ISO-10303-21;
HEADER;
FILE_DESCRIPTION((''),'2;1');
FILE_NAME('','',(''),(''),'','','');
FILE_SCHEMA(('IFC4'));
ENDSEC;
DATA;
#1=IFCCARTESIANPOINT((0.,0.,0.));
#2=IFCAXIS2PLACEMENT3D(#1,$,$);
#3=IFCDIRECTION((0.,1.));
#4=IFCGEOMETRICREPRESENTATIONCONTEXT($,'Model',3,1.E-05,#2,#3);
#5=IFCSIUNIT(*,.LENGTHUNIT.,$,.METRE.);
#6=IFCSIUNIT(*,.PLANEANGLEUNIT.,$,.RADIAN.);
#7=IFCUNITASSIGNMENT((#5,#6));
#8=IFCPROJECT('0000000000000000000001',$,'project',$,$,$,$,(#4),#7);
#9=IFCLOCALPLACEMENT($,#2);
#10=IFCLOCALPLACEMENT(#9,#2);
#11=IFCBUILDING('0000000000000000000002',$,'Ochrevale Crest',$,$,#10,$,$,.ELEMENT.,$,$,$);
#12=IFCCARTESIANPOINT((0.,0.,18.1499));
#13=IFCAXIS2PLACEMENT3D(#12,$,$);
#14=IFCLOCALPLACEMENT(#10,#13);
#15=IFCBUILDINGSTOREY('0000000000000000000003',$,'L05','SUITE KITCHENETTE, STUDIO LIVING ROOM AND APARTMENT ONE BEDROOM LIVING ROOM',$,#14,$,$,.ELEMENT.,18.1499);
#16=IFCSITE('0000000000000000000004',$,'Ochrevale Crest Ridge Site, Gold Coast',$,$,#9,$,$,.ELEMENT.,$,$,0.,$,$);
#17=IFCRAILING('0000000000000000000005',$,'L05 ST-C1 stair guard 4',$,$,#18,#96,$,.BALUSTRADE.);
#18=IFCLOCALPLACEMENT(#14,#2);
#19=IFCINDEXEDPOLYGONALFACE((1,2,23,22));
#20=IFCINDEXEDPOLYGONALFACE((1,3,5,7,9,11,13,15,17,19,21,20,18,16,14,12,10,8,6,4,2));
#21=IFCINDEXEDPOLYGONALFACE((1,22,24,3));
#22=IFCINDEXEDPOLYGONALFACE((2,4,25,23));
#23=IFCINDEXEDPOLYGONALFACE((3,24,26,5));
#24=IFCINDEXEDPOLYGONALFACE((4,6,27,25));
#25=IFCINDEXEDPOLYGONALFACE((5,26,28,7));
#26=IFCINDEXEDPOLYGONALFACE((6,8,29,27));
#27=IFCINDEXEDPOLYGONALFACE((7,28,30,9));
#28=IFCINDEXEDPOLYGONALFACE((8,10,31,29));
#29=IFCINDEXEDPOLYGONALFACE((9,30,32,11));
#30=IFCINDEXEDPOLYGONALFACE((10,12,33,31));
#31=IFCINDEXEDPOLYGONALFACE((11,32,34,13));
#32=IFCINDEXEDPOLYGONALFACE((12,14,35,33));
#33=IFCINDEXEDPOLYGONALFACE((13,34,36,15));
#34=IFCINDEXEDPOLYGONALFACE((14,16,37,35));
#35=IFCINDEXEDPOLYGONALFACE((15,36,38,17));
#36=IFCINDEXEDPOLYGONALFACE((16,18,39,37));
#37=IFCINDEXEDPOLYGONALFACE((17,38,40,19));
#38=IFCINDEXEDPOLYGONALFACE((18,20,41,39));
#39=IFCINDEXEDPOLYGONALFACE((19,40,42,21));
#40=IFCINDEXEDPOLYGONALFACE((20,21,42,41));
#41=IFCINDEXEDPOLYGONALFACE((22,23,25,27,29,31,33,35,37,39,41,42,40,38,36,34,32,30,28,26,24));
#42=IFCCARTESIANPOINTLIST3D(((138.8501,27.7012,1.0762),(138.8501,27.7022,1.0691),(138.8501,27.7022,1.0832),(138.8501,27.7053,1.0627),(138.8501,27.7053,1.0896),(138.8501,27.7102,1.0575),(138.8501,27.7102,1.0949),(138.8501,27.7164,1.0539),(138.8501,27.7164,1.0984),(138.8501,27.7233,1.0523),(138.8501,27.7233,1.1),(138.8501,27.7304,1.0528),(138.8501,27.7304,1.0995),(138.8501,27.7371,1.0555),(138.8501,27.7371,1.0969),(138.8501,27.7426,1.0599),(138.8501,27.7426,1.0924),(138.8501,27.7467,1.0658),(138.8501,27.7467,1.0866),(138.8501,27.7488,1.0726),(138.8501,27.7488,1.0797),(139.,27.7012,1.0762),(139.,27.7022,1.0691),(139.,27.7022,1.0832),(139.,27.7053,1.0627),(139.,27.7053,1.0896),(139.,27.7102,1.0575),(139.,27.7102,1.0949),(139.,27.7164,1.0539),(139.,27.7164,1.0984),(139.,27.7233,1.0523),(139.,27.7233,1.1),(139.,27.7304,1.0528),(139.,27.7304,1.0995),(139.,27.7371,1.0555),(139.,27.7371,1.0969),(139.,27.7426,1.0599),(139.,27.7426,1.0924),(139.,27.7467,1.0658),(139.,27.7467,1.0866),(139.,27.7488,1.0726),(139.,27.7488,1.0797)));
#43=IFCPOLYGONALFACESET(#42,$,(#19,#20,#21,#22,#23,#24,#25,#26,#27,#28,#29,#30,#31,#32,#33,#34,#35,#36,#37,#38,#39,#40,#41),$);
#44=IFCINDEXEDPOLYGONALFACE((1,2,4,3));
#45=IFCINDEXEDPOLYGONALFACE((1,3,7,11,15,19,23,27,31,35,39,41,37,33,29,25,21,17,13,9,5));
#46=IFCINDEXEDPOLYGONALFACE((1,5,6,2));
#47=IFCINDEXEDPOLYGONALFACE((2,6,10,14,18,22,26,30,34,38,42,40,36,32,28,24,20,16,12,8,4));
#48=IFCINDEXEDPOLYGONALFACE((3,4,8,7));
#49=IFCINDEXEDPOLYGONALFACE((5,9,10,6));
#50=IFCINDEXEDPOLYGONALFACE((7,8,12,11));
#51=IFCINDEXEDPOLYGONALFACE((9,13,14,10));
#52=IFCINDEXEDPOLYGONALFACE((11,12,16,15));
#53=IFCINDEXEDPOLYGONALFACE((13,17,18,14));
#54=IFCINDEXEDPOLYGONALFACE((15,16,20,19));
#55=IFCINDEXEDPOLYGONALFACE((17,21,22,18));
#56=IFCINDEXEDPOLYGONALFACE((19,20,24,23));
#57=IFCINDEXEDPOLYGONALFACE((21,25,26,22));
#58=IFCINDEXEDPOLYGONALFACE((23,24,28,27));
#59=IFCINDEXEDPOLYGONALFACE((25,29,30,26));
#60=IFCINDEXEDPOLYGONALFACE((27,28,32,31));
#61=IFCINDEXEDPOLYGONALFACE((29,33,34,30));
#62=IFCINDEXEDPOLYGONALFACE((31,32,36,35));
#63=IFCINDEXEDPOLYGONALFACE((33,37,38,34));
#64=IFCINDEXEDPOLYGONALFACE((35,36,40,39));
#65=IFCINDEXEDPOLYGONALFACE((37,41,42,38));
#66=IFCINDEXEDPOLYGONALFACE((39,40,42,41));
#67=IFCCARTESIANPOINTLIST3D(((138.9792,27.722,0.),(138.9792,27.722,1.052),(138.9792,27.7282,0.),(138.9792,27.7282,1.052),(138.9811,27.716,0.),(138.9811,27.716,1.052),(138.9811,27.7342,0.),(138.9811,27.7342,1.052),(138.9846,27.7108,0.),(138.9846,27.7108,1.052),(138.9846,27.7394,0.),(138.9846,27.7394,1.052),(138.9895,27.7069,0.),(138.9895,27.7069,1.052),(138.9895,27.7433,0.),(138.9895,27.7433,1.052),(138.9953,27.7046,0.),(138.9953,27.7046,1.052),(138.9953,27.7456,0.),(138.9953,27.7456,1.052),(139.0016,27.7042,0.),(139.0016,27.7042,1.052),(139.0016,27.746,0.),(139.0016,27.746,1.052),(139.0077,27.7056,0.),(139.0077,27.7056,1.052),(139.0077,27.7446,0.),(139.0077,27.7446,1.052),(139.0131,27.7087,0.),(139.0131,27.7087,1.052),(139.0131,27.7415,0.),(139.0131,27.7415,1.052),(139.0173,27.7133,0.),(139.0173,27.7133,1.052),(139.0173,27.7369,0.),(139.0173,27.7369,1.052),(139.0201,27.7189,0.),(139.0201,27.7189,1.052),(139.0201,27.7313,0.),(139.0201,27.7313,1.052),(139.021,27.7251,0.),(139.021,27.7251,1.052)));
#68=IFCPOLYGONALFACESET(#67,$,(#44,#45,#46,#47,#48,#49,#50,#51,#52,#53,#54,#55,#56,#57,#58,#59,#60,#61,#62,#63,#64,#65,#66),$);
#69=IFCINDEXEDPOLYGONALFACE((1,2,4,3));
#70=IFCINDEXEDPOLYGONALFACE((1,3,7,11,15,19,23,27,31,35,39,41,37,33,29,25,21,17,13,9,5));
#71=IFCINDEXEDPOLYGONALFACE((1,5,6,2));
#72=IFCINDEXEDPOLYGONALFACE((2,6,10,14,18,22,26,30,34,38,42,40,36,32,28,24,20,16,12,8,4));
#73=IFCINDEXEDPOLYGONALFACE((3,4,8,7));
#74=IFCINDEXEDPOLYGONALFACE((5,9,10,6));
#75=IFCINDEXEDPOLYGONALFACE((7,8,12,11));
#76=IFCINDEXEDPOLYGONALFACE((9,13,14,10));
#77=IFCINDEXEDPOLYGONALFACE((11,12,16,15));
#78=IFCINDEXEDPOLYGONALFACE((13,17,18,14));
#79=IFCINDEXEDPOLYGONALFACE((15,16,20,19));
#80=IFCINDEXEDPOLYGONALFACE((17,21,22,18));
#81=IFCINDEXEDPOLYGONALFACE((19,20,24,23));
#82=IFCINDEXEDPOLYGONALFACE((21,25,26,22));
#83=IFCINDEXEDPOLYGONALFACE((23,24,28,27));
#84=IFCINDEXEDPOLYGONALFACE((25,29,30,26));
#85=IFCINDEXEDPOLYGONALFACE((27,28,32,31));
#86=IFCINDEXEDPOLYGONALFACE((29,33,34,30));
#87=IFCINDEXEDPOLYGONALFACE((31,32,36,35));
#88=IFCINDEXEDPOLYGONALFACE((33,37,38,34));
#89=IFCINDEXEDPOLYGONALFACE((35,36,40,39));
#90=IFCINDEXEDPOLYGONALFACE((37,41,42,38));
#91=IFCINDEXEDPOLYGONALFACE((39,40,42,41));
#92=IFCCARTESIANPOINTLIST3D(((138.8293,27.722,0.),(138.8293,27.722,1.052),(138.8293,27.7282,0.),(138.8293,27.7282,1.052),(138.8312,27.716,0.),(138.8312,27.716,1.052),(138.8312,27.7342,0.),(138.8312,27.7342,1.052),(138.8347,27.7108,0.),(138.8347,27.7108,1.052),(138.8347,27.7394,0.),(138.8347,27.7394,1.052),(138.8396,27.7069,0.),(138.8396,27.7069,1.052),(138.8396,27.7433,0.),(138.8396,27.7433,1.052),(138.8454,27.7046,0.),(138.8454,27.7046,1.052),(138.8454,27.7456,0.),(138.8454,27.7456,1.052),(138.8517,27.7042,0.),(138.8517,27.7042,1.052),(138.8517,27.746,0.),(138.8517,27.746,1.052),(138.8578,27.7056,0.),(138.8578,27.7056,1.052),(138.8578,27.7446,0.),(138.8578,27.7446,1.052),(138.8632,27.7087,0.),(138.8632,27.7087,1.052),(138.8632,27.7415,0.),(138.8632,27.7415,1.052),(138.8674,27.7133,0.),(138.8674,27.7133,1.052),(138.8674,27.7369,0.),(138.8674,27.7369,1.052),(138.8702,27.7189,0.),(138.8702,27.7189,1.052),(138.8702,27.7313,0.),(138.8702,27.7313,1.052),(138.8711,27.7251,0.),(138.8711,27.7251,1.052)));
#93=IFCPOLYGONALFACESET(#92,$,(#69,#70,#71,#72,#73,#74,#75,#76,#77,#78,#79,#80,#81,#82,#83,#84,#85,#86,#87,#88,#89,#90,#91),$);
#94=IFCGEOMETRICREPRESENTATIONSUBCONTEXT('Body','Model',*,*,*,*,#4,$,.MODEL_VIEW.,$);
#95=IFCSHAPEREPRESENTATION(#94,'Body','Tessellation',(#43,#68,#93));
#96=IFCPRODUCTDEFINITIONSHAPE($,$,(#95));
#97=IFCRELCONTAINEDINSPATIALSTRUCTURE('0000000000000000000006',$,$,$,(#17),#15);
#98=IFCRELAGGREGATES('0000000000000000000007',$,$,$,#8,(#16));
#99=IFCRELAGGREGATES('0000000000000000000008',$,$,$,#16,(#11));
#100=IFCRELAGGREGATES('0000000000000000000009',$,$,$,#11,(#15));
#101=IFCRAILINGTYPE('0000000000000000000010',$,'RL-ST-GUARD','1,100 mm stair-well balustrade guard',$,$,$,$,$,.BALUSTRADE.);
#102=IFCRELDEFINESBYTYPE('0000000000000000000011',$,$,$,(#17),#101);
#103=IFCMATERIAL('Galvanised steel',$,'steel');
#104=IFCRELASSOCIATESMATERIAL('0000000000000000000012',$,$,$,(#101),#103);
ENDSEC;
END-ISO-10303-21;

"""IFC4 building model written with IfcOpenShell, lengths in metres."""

from ifc_helpers import new_model, si_unit, direction, frame, origin, origin_2d, place, context, subcontext, project, spatial, circle, extrude, material, type_object, element, save


model = new_model("IFC4")

# Units and contexts
model_context = context("Model", 3, precision=1e-05, world=origin(), true_north=direction((0.0, 1.0)))
body_context = subcontext(model_context, "Body", "Model", "MODEL_VIEW")
ifc_project = project(units=[si_unit("LENGTHUNIT", "METRE"), si_unit("PLANEANGLEUNIT", "RADIAN")], contexts=[model_context])

# Site, building, storey
site_placement = place(None, origin())
site = spatial("IfcSite", under=ifc_project, at=site_placement, Name="Ochrevale Crest Ridge Site, Gold Coast", CompositionType="ELEMENT", RefElevation=0.0)
building_placement = place(site_placement, origin())
building = spatial("IfcBuilding", under=site, at=building_placement, Name="Ochrevale Crest", CompositionType="ELEMENT")
storey_placement = place(building_placement, frame((0.0, 0.0, 18.1499)))
storey = spatial("IfcBuildingStorey", under=building, at=storey_placement, Name="L05", Description="SUITE KITCHENETTE, STUDIO LIVING ROOM AND APARTMENT ONE BEDROOM LIVING ROOM", CompositionType="ELEMENT", Elevation=18.1499)

# Railing
ifc_material_1 = material(Name="Galvanised steel", Category="steel")
railing_type_1 = type_object("IfcRailingType", Name="RL-ST-GUARD", Description="1,100 mm stair-well balustrade guard", PredefinedType="BALUSTRADE", material=ifc_material_1)
railing_1_placement = place(storey_placement, frame((139.0, 27.7251, 0.0)))
element("IfcRailing", 1, at=railing_1_placement, inside=storey, type_object=railing_type_1, Name="L05 ST-C1 stair guard 4", PredefinedType="BALUSTRADE", context=body_context, shape_type="SweptSolid", body=[
    extrude(circle(Radius=0.0239, at=origin_2d()), frame((0.0, 0.0, 1.0762), z_axis=(-1.0, 0.0, 0.0), x_axis=(0.0, -1.0, 0.0)), (0.0, 0.0, 1.0), 0.1499),
    extrude(circle(Radius=0.021, at=origin_2d()), origin(), (0.0, 0.0, 1.0), 1.052),
    extrude(circle(Radius=0.021, at=origin_2d()), frame((-0.1499, 0.0, 0.0)), (0.0, 0.0, 1.0), 1.052),
])

save(model, "model.ifc")
